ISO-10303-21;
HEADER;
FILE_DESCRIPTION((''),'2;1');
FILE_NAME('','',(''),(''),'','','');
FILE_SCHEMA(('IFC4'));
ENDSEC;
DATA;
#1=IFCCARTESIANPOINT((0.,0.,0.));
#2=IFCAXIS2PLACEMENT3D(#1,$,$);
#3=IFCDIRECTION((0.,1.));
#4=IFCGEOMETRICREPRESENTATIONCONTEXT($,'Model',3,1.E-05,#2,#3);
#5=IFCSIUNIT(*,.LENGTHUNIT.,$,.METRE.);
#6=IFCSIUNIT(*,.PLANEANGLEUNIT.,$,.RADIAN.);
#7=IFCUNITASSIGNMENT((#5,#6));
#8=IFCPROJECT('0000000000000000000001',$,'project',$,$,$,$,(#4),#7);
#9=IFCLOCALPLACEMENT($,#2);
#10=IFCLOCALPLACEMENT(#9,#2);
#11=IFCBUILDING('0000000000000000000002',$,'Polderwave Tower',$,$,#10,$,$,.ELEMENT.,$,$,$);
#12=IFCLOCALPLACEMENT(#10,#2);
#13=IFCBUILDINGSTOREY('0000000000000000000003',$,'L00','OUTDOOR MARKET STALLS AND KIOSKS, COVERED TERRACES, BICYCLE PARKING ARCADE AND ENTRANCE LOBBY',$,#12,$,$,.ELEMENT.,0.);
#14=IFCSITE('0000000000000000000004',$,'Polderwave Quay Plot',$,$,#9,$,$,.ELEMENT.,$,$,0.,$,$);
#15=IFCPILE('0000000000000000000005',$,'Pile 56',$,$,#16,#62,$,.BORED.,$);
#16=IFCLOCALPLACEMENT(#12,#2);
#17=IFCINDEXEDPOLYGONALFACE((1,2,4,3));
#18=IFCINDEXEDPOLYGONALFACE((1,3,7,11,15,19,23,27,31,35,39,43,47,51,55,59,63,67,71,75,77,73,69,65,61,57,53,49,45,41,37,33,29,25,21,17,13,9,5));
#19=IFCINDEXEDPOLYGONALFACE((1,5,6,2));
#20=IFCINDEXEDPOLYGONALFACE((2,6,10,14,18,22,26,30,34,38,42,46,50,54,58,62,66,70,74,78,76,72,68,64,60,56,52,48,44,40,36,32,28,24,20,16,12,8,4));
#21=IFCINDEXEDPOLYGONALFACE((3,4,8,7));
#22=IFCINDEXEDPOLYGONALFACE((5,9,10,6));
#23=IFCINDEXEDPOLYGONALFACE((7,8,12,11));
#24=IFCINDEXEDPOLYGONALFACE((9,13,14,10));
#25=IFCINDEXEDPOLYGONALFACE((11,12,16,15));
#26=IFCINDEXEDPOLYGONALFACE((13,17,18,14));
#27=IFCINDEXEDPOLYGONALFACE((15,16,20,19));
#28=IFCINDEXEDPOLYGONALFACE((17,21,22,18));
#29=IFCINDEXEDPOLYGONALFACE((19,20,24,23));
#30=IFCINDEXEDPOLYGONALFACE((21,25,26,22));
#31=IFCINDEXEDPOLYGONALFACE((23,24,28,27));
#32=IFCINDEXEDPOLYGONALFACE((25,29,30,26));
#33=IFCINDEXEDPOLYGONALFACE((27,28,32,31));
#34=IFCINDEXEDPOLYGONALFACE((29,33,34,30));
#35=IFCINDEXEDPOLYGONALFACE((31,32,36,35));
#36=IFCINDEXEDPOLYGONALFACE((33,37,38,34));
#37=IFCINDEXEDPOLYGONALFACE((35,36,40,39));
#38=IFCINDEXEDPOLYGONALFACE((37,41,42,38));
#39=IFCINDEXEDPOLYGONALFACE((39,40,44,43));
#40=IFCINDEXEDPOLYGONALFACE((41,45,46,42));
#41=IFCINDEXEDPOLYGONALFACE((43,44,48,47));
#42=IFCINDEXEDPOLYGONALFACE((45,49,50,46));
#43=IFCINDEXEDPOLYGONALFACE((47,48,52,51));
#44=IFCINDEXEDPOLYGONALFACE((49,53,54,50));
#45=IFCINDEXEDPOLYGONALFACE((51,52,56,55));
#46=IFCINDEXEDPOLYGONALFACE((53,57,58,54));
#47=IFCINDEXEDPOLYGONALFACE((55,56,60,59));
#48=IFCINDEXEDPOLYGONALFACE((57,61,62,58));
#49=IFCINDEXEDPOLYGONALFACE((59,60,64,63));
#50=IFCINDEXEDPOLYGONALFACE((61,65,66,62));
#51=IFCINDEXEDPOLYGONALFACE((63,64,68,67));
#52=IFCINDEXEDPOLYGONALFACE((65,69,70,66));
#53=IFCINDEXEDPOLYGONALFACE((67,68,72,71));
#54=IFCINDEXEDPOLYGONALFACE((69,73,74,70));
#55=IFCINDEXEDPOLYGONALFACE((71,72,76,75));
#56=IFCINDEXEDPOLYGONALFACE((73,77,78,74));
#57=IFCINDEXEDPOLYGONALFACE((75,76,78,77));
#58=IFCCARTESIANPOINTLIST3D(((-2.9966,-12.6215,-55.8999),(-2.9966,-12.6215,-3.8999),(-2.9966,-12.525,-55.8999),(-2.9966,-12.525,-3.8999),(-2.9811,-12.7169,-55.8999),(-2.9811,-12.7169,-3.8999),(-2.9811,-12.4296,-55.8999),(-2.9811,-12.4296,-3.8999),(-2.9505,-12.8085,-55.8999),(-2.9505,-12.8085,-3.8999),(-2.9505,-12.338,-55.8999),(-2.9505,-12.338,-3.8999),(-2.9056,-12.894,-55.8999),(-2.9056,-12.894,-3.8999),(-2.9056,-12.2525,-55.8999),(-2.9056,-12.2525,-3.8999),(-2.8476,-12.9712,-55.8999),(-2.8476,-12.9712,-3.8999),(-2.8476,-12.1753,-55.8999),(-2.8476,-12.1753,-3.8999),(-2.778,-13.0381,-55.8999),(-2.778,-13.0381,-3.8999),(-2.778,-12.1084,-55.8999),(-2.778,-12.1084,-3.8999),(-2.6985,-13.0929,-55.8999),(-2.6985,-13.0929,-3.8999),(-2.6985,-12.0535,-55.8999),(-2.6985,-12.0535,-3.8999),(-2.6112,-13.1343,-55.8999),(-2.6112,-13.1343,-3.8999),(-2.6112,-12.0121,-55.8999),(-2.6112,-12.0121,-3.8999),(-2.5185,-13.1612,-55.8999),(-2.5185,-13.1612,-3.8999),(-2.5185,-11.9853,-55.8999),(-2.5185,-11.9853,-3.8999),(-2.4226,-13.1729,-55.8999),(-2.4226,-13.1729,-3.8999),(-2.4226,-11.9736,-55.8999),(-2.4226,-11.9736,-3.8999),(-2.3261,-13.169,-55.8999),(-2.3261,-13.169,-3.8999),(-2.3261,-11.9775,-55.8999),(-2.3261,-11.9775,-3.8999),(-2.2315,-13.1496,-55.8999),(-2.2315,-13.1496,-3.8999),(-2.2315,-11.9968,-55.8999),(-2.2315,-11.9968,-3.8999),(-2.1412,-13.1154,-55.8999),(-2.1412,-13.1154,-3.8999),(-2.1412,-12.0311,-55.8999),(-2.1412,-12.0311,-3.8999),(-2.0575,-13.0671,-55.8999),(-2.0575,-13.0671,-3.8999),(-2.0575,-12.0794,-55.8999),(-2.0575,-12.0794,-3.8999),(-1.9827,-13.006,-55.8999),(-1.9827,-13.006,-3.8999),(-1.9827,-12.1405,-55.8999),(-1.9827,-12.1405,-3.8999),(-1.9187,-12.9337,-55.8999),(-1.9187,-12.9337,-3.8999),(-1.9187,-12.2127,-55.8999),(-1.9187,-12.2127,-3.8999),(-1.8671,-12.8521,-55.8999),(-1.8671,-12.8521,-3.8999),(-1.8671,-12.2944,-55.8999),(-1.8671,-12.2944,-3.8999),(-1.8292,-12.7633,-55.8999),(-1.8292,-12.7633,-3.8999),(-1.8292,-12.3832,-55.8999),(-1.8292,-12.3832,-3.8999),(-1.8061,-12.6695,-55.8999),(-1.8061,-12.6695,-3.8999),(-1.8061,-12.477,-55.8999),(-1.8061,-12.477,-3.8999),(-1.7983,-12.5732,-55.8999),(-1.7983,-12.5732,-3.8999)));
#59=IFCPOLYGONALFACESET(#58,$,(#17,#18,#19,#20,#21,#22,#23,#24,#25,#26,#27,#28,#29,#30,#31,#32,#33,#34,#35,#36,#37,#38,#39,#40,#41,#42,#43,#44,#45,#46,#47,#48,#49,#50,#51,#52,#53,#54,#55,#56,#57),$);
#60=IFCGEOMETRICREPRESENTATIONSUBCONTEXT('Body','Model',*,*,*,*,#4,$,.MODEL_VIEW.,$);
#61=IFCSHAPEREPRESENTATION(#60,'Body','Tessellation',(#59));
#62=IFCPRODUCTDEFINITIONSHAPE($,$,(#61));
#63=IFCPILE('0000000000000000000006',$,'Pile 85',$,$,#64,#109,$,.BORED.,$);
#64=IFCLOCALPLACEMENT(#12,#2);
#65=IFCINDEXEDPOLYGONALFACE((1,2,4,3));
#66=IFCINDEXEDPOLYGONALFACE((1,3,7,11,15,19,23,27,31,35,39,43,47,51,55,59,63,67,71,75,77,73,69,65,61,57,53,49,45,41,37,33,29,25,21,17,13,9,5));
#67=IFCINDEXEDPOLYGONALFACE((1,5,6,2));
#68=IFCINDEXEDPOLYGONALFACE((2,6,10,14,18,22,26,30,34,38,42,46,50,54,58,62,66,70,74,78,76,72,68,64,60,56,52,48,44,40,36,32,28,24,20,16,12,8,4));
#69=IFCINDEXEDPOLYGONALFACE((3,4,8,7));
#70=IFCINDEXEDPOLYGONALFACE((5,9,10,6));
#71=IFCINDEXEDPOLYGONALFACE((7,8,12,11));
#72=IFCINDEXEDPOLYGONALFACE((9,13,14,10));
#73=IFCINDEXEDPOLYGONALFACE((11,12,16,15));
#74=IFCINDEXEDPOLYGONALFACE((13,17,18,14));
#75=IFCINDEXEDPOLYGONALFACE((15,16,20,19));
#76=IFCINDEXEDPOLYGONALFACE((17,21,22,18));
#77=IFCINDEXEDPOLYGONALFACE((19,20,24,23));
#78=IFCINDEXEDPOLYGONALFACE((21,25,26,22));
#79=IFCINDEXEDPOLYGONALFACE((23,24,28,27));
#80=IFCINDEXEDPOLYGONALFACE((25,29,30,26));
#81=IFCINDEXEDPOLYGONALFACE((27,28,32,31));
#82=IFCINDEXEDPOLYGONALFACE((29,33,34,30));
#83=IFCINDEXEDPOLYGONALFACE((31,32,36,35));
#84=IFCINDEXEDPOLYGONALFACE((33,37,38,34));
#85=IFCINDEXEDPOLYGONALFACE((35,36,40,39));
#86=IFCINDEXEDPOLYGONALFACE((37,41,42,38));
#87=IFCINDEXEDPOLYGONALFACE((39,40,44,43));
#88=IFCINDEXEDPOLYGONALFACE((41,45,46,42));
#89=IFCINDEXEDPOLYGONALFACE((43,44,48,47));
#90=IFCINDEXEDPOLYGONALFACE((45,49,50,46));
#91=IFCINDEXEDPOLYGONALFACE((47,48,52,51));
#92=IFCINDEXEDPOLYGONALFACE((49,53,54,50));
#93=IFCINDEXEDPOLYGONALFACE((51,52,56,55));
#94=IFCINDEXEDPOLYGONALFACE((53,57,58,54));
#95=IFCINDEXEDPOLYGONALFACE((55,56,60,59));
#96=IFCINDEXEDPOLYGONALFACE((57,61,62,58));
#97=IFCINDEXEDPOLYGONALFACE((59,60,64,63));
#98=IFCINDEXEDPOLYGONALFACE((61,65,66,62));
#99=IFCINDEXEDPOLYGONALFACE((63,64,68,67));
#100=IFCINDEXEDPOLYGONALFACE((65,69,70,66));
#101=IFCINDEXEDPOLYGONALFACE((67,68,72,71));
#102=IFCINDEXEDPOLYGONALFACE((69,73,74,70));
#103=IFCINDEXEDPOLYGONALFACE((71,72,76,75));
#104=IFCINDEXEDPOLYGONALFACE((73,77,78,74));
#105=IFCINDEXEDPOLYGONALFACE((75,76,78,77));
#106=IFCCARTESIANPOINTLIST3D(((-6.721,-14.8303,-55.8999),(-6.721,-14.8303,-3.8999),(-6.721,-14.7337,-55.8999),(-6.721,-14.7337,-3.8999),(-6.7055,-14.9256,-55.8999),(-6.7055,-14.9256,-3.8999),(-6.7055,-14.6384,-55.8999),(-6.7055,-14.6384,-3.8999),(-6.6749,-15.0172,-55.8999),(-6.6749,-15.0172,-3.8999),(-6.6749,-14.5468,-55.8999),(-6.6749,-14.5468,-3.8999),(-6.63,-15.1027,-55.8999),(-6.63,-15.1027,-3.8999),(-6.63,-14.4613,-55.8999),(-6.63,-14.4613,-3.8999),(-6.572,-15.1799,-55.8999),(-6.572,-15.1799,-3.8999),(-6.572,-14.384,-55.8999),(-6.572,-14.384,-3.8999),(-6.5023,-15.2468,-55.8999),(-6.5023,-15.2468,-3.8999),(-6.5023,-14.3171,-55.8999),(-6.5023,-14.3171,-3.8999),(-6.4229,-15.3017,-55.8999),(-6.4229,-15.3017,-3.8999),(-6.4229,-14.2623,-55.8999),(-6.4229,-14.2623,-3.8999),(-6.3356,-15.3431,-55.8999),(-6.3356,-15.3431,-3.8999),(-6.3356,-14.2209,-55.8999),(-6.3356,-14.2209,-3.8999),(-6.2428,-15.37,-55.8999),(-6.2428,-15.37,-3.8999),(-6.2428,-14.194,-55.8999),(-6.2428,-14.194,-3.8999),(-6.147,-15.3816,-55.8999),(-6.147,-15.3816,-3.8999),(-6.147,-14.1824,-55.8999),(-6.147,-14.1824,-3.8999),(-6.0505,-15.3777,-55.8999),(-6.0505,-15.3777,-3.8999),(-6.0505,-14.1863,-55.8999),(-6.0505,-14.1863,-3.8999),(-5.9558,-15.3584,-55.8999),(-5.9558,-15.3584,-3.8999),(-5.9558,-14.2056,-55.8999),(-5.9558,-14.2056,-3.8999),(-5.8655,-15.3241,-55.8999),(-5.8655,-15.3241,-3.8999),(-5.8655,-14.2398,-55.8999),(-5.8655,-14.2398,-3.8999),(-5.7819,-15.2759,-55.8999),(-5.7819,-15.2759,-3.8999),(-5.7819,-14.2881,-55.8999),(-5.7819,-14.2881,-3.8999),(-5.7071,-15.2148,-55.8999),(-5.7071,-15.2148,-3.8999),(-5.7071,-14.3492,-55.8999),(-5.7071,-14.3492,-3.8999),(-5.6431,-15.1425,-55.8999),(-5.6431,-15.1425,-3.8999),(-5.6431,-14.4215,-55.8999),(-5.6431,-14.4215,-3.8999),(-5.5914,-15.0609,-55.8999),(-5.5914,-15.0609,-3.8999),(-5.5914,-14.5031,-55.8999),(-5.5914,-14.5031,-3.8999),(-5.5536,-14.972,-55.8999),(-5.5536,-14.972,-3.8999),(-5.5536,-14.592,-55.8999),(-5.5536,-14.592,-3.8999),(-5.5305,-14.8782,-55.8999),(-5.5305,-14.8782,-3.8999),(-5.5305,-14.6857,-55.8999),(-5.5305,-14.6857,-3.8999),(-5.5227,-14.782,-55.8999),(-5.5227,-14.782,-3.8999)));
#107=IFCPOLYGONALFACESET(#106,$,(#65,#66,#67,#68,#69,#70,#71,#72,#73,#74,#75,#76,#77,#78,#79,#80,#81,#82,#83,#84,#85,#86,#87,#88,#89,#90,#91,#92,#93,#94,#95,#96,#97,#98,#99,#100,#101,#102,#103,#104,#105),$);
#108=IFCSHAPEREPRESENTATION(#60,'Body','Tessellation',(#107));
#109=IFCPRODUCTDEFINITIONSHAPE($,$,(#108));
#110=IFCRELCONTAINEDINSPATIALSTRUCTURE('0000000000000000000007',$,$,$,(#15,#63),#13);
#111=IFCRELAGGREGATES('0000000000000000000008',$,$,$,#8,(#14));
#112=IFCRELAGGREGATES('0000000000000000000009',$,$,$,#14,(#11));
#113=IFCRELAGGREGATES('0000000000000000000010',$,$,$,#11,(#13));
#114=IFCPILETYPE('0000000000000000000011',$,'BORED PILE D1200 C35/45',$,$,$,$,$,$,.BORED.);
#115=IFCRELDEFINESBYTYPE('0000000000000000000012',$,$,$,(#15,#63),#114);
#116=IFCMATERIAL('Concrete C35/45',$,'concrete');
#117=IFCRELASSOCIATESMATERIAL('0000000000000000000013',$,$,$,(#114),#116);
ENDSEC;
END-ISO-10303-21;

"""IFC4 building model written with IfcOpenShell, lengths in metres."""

from ifc_helpers import new_model, si_unit, direction, frame, origin, origin_2d, place, context, subcontext, project, spatial, circle, extrude, material, material_profile, profile_set, type_object, element, save


model = new_model("IFC4")

# Units and contexts
model_context = context("Model", 3, precision=1e-05, world=origin(), true_north=direction((0.0, 1.0)))
body_context = subcontext(model_context, "Body", "Model", "MODEL_VIEW")
ifc_project = project(units=[si_unit("LENGTHUNIT", "METRE"), si_unit("PLANEANGLEUNIT", "RADIAN")], contexts=[model_context])

# Site, building, storey
site_placement = place(None, origin())
site = spatial("IfcSite", under=ifc_project, at=site_placement, Name="Polderwave Quay Plot", CompositionType="ELEMENT", RefElevation=0.0)
building_placement = place(site_placement, origin())
building = spatial("IfcBuilding", under=site, at=building_placement, Name="Polderwave Tower", CompositionType="ELEMENT")
storey_placement = place(building_placement, origin())
storey = spatial("IfcBuildingStorey", under=building, at=storey_placement, Name="L00", Description="OUTDOOR MARKET STALLS AND KIOSKS, COVERED TERRACES, BICYCLE PARKING ARCADE AND ENTRANCE LOBBY", CompositionType="ELEMENT", Elevation=0.0)

# Piles
ifc_material_1 = material(Name="Concrete C35/45", Category="concrete")
ifc_material_profile = material_profile(ifc_material_1, circle(Radius=0.6001, at=origin_2d()), Name="BORED D1200")
ifc_profile_set = profile_set([ifc_material_profile], Name="Concrete C35/45")
pile_type = type_object("IfcPileType", Name="BORED PILE D1200 C35/45", PredefinedType="BORED", material=ifc_profile_set)
for number, where, z_axis, x_axis, name in (
    (1, (-2.3984, -12.5732, -3.8999), (0.0, 0.0, -1.0), (1.0, 0.0, 0.0), "Pile 56"),
    (2, (-6.1228, -14.782, -3.8999), (0.0, 0.0, -1.0), (1.0, 0.0, 0.0), "Pile 85"),
):
    element("IfcPile", number, at=place(storey_placement, frame(where, z_axis=z_axis, x_axis=x_axis)), inside=storey, type_object=pile_type, Name=name, PredefinedType="BORED", context=body_context, shape_type="SweptSolid", body=[
        extrude(circle(Radius=0.6001, at=origin_2d()), origin(), (0.0, 0.0, 1.0), 52.0),
    ])

save(model, "model.ifc")
